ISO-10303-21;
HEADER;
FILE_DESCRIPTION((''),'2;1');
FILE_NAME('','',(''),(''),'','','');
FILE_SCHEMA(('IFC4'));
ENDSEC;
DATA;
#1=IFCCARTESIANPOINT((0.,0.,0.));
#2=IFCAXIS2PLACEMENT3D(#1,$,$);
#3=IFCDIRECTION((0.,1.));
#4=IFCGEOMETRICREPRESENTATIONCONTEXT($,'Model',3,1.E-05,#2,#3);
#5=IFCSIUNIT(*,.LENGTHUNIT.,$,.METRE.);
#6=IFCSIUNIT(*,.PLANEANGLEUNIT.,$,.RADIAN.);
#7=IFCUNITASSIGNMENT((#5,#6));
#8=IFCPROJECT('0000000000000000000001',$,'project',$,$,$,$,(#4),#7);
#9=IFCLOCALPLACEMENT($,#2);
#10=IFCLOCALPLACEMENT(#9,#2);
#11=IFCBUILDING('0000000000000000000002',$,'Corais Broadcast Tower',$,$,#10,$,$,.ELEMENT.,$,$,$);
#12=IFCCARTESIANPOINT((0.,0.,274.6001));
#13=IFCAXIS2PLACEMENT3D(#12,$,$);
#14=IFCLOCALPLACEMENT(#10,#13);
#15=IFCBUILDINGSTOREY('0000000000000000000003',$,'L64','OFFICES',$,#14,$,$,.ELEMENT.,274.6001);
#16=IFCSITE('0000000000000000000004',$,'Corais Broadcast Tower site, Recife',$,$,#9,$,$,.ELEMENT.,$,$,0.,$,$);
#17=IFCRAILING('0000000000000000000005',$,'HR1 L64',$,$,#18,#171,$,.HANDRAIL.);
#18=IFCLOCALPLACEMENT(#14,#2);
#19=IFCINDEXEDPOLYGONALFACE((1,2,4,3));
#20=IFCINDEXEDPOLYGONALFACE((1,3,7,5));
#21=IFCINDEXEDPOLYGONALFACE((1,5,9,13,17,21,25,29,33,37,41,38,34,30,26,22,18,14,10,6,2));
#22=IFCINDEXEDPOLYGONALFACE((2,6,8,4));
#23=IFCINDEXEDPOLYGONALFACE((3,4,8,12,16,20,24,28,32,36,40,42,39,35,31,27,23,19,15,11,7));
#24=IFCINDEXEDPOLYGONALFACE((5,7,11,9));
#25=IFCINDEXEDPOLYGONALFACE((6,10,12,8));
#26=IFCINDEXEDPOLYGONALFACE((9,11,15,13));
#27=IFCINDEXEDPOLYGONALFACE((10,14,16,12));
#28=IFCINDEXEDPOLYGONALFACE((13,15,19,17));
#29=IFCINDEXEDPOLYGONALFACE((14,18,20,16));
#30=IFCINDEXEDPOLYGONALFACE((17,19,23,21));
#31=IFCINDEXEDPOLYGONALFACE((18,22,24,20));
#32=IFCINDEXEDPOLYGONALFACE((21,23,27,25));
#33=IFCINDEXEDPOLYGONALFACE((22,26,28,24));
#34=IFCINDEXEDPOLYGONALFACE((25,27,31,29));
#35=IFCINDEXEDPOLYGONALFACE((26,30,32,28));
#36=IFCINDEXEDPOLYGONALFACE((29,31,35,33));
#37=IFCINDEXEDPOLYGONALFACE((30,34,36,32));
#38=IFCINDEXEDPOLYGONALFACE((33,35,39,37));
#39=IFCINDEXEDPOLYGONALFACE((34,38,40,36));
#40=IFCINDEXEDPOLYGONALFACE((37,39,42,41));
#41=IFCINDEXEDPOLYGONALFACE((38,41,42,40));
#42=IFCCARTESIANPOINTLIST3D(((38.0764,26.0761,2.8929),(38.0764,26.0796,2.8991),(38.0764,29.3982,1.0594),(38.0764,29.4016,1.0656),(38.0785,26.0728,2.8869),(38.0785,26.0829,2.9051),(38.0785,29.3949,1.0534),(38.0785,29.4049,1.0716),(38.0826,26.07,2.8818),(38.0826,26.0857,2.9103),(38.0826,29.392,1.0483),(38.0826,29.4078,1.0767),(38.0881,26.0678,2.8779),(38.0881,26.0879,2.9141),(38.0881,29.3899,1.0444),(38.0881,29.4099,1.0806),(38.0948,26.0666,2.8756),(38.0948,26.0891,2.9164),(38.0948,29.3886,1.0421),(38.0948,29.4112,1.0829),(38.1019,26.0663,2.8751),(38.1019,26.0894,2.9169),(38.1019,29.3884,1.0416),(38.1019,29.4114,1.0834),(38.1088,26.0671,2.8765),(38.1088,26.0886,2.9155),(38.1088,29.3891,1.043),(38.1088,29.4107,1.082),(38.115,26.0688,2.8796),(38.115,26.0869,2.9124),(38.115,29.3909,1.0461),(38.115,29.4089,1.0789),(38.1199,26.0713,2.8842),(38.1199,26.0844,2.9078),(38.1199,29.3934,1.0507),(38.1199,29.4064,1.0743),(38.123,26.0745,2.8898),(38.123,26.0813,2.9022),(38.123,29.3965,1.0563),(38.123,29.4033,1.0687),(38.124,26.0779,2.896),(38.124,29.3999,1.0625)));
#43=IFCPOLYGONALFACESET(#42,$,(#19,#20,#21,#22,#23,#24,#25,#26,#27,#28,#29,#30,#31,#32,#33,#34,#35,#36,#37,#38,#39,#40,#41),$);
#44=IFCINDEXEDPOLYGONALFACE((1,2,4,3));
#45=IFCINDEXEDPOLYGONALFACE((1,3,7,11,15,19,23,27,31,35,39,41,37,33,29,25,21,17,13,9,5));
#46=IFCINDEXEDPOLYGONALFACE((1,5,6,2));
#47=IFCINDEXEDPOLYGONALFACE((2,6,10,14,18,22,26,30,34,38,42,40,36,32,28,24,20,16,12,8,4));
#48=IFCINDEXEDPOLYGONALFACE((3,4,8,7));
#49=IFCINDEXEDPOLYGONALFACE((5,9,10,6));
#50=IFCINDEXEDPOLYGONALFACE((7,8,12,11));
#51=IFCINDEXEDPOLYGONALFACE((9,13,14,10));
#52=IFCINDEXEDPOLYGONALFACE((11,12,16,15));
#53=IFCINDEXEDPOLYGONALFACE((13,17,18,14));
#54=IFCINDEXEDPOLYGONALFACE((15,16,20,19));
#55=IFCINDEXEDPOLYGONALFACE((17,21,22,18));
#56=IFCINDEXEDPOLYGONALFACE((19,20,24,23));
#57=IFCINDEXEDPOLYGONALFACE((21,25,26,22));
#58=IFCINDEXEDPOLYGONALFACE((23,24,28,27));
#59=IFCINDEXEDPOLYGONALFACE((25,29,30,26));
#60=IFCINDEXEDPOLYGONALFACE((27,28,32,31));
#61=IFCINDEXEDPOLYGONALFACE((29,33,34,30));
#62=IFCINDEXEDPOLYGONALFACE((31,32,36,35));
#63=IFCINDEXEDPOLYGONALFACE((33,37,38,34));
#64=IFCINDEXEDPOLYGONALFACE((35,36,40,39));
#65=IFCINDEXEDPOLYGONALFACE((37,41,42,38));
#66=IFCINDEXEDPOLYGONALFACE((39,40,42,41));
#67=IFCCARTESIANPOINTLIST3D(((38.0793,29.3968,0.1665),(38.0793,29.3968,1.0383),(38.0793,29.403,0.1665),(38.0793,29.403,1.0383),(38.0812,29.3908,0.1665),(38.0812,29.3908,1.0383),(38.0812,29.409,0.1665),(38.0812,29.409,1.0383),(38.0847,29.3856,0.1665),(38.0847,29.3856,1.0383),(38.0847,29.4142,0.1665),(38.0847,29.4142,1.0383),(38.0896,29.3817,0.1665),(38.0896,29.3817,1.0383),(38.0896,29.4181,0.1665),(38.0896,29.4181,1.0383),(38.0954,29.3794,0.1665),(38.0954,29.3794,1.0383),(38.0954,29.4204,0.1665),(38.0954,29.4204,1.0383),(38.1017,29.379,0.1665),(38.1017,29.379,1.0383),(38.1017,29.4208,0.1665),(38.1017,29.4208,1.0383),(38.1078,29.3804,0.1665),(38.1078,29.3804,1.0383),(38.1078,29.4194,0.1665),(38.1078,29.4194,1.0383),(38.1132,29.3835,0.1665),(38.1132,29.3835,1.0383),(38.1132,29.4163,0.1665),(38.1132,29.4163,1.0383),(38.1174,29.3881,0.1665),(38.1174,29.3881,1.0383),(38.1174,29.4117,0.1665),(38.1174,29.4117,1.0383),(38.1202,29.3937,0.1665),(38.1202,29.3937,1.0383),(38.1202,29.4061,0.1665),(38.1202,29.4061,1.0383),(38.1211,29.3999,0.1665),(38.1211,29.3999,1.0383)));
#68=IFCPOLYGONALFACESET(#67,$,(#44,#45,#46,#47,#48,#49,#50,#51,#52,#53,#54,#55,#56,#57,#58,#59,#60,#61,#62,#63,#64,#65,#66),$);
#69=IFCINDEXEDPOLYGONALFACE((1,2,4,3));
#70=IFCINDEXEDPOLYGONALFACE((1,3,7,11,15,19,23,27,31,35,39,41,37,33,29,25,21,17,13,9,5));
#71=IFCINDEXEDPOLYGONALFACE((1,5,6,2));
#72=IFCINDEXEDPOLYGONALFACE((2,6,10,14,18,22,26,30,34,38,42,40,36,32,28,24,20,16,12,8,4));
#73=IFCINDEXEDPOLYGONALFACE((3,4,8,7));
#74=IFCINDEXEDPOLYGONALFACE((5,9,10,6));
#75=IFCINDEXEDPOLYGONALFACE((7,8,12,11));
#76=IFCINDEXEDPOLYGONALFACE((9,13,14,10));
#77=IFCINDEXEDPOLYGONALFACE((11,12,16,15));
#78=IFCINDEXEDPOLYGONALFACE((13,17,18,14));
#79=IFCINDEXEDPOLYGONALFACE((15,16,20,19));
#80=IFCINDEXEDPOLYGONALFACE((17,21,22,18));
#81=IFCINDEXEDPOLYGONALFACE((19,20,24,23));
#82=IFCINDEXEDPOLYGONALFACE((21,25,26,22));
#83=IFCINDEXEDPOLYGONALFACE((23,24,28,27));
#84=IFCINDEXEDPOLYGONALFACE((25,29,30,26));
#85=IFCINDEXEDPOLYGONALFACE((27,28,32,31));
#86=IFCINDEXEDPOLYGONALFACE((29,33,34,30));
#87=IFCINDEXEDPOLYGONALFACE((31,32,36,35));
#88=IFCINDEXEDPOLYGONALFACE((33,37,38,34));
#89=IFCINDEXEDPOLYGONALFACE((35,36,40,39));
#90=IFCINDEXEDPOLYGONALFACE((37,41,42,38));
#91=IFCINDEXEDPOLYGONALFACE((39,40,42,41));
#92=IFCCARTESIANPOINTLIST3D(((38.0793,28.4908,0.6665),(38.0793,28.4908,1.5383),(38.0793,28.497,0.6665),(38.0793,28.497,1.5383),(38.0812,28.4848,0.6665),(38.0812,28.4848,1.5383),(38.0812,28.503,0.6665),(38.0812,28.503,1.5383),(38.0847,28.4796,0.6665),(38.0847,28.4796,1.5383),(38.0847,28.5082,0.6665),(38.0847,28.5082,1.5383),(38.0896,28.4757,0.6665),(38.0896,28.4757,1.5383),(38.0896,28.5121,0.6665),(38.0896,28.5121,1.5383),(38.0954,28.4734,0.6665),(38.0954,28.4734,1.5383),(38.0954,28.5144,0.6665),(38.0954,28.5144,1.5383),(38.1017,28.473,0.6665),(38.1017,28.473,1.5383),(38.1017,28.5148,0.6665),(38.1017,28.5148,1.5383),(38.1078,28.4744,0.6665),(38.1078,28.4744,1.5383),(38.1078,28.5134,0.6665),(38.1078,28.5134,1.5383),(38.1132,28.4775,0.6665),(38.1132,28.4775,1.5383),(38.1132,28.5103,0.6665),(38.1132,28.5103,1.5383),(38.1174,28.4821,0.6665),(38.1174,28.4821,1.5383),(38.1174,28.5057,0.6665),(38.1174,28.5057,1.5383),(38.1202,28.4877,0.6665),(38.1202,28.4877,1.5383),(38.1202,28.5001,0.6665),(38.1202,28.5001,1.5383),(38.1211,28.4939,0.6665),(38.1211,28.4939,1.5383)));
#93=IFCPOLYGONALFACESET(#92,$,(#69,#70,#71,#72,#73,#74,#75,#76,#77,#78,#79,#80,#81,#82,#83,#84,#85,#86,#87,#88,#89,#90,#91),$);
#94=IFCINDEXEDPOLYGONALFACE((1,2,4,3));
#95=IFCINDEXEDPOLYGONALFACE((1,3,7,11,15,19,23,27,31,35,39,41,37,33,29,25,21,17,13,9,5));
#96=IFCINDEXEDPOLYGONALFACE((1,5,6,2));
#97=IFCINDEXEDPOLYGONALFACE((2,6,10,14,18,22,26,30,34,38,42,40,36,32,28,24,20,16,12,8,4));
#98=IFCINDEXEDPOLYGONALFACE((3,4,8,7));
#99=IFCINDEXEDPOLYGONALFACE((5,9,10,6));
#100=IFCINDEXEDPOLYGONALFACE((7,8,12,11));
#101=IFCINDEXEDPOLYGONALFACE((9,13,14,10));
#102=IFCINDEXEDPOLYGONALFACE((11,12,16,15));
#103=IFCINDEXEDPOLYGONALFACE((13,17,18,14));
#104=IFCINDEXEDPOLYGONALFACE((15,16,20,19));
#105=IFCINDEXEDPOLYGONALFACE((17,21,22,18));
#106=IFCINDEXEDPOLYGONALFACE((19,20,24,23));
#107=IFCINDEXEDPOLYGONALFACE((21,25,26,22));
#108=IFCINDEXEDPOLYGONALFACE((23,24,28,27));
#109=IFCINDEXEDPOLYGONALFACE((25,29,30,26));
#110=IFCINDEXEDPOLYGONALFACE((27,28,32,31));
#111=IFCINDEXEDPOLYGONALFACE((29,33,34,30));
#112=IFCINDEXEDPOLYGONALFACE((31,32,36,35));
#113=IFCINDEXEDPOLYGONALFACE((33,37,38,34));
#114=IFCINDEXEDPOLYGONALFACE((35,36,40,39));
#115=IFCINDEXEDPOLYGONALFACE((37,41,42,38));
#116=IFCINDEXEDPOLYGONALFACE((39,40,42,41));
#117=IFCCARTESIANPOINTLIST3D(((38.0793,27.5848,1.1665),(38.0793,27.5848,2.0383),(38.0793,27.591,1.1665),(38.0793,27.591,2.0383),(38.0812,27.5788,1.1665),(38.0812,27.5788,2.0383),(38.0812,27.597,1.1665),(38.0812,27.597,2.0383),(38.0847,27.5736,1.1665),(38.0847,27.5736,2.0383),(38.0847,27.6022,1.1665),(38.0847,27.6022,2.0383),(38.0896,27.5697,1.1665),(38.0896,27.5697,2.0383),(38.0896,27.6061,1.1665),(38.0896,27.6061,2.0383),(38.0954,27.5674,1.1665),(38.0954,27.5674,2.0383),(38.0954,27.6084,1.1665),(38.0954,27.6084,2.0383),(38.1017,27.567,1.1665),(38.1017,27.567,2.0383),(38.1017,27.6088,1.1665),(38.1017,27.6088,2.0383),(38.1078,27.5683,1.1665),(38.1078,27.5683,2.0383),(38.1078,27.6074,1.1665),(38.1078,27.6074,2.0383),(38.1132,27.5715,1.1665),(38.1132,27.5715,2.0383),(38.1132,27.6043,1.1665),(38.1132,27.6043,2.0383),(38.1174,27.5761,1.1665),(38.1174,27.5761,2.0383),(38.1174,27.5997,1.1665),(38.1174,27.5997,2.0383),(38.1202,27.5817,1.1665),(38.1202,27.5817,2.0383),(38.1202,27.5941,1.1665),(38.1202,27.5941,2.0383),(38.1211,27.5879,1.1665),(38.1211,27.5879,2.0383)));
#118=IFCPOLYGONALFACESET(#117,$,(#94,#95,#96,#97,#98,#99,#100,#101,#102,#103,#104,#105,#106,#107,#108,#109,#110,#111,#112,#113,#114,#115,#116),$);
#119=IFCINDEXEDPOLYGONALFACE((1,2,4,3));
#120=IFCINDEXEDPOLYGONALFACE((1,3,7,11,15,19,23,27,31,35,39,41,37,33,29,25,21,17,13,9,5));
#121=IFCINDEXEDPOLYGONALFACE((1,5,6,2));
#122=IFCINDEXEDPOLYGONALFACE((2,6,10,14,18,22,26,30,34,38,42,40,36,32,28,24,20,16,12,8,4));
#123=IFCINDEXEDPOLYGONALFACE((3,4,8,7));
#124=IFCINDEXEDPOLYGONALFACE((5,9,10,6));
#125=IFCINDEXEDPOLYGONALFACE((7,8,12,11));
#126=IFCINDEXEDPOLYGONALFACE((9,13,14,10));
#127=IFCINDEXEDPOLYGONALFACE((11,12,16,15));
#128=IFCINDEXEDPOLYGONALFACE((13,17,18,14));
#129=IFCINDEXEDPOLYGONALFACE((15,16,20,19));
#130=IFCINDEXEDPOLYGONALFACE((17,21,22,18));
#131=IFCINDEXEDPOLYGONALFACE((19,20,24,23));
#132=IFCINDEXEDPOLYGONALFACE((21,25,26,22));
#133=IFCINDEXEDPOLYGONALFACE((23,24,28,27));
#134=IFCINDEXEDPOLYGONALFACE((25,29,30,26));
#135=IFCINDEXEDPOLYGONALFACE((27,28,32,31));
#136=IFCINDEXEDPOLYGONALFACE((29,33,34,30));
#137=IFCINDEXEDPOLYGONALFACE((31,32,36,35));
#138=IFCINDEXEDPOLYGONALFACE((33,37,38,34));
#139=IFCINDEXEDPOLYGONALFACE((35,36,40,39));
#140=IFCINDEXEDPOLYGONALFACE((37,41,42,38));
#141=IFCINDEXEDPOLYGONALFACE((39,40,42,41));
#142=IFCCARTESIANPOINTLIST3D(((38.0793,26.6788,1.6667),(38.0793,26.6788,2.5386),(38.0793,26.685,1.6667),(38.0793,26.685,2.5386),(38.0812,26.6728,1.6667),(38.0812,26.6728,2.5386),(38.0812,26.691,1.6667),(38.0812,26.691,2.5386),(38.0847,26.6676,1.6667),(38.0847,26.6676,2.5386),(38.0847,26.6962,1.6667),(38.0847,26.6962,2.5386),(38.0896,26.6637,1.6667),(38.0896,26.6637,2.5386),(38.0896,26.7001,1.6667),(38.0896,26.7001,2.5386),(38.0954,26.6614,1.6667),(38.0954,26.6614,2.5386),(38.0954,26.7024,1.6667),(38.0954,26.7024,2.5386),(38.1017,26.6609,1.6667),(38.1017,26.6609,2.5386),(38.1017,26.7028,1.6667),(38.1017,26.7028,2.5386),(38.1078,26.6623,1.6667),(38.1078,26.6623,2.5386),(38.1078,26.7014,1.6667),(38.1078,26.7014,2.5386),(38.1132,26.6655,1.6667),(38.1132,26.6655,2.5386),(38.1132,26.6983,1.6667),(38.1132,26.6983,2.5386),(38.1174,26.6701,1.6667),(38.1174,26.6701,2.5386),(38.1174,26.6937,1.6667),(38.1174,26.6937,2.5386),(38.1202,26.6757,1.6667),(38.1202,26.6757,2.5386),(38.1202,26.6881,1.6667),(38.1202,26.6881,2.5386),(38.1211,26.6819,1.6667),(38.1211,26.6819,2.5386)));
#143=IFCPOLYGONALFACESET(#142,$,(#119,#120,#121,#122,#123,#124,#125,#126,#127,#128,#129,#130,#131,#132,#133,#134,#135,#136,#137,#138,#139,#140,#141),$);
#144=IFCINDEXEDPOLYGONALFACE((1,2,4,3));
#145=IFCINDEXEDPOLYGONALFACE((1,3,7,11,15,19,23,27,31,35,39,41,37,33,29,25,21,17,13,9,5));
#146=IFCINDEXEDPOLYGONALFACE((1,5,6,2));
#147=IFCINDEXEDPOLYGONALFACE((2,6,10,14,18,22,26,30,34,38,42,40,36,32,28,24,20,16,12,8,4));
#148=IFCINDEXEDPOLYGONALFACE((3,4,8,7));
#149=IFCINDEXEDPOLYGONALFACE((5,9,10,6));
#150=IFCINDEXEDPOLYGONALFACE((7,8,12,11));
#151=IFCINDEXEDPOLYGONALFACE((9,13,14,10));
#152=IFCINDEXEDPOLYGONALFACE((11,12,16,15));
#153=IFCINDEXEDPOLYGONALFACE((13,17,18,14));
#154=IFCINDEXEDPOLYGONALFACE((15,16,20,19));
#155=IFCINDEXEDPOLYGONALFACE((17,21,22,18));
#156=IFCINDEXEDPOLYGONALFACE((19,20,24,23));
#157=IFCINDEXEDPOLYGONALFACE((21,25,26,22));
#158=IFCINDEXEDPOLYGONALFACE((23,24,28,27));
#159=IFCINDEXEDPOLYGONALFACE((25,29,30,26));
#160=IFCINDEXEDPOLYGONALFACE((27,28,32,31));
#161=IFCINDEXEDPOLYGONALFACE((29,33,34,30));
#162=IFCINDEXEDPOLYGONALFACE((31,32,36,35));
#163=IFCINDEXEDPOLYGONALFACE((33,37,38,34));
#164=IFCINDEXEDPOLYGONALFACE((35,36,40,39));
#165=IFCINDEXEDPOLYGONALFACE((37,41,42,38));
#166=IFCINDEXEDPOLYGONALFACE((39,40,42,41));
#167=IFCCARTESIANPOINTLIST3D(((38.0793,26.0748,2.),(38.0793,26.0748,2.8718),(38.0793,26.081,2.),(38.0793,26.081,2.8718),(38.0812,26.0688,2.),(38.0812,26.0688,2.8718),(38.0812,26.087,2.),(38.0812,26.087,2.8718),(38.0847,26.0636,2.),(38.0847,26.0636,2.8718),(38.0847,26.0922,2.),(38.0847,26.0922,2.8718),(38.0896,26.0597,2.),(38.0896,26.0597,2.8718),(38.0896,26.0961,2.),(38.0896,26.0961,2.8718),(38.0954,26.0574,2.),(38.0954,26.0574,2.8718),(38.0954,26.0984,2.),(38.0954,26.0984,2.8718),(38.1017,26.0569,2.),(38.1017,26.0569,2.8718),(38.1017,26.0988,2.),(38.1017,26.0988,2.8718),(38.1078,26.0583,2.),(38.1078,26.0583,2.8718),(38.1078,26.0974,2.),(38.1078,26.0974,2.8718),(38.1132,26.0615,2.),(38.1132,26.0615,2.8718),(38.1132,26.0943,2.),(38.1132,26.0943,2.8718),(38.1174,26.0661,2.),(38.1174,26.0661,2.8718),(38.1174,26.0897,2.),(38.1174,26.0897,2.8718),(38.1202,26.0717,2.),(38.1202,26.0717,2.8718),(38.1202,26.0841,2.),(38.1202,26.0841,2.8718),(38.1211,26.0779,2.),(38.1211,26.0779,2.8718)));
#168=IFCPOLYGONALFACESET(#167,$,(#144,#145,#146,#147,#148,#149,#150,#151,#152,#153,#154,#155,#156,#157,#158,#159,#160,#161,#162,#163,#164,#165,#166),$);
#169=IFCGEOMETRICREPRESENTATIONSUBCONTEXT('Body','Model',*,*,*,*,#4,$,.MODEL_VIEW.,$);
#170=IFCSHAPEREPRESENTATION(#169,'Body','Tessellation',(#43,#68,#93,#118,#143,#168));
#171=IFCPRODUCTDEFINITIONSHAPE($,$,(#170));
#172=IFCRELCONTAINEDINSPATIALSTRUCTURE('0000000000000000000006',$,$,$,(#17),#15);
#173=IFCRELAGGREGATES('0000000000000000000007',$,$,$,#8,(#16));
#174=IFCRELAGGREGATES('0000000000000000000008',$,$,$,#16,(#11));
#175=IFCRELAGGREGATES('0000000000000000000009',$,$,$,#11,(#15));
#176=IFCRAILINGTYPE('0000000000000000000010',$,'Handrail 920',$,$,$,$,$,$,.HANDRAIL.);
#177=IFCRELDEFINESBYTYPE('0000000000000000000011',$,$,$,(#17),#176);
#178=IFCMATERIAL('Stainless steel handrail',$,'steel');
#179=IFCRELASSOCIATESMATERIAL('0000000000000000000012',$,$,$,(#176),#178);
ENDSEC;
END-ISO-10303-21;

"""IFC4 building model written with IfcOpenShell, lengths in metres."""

from ifc_helpers import new_model, si_unit, direction, frame, origin, origin_2d, place, context, subcontext, project, spatial, circle, extrude, material, type_object, element, save


model = new_model("IFC4")

# Units and contexts
model_context = context("Model", 3, precision=1e-05, world=origin(), true_north=direction((0.0, 1.0)))
body_context = subcontext(model_context, "Body", "Model", "MODEL_VIEW")
ifc_project = project(units=[si_unit("LENGTHUNIT", "METRE"), si_unit("PLANEANGLEUNIT", "RADIAN")], contexts=[model_context])

# Site, building, storey
site_placement = place(None, origin())
site = spatial("IfcSite", under=ifc_project, at=site_placement, Name="Corais Broadcast Tower site, Recife", CompositionType="ELEMENT", RefElevation=0.0)
building_placement = place(site_placement, origin())
building = spatial("IfcBuilding", under=site, at=building_placement, Name="Corais Broadcast Tower", CompositionType="ELEMENT")
storey_placement = place(building_placement, frame((0.0, 0.0, 274.6001)))
storey = spatial("IfcBuildingStorey", under=building, at=storey_placement, Name="L64", Description="OFFICES", CompositionType="ELEMENT", Elevation=274.6001)

# Railing
ifc_material_1 = material(Name="Stainless steel handrail", Category="steel")
railing_type = type_object("IfcRailingType", Name="Handrail 920", PredefinedType="HANDRAIL", material=ifc_material_1)
for number, where, name in (
    (1, (38.1001, 29.3999, 0.1665), "HR1 L64"),
):
    element("IfcRailing", number, at=place(storey_placement, frame(where)), inside=storey, type_object=railing_type, Name=name, PredefinedType="HANDRAIL", context=body_context, shape_type="SweptSolid", body=[
        extrude(circle(Radius=0.0239, at=origin_2d()), frame((0.0, 0.0, 0.896), z_axis=(0.0, -0.875504, 0.48321), x_axis=(1.0, 0.0, 0.0)), (0.0, 0.0, 1.0), 3.7944),
        extrude(circle(Radius=0.021, at=origin_2d()), origin(), (0.0, 0.0, 1.0), 0.8718),
        extrude(circle(Radius=0.021, at=origin_2d()), frame((0.0, -0.906, 0.5)), (0.0, 0.0, 1.0), 0.8718),
        extrude(circle(Radius=0.021, at=origin_2d()), frame((0.0, -1.812, 1.0)), (0.0, 0.0, 1.0), 0.8718),
        extrude(circle(Radius=0.021, at=origin_2d()), frame((0.0, -2.718, 1.5002)), (0.0, 0.0, 1.0), 0.8718),
        extrude(circle(Radius=0.021, at=origin_2d()), frame((0.0, -3.322, 1.8335)), (0.0, 0.0, 1.0), 0.8718),
    ])

save(model, "model.ifc")
